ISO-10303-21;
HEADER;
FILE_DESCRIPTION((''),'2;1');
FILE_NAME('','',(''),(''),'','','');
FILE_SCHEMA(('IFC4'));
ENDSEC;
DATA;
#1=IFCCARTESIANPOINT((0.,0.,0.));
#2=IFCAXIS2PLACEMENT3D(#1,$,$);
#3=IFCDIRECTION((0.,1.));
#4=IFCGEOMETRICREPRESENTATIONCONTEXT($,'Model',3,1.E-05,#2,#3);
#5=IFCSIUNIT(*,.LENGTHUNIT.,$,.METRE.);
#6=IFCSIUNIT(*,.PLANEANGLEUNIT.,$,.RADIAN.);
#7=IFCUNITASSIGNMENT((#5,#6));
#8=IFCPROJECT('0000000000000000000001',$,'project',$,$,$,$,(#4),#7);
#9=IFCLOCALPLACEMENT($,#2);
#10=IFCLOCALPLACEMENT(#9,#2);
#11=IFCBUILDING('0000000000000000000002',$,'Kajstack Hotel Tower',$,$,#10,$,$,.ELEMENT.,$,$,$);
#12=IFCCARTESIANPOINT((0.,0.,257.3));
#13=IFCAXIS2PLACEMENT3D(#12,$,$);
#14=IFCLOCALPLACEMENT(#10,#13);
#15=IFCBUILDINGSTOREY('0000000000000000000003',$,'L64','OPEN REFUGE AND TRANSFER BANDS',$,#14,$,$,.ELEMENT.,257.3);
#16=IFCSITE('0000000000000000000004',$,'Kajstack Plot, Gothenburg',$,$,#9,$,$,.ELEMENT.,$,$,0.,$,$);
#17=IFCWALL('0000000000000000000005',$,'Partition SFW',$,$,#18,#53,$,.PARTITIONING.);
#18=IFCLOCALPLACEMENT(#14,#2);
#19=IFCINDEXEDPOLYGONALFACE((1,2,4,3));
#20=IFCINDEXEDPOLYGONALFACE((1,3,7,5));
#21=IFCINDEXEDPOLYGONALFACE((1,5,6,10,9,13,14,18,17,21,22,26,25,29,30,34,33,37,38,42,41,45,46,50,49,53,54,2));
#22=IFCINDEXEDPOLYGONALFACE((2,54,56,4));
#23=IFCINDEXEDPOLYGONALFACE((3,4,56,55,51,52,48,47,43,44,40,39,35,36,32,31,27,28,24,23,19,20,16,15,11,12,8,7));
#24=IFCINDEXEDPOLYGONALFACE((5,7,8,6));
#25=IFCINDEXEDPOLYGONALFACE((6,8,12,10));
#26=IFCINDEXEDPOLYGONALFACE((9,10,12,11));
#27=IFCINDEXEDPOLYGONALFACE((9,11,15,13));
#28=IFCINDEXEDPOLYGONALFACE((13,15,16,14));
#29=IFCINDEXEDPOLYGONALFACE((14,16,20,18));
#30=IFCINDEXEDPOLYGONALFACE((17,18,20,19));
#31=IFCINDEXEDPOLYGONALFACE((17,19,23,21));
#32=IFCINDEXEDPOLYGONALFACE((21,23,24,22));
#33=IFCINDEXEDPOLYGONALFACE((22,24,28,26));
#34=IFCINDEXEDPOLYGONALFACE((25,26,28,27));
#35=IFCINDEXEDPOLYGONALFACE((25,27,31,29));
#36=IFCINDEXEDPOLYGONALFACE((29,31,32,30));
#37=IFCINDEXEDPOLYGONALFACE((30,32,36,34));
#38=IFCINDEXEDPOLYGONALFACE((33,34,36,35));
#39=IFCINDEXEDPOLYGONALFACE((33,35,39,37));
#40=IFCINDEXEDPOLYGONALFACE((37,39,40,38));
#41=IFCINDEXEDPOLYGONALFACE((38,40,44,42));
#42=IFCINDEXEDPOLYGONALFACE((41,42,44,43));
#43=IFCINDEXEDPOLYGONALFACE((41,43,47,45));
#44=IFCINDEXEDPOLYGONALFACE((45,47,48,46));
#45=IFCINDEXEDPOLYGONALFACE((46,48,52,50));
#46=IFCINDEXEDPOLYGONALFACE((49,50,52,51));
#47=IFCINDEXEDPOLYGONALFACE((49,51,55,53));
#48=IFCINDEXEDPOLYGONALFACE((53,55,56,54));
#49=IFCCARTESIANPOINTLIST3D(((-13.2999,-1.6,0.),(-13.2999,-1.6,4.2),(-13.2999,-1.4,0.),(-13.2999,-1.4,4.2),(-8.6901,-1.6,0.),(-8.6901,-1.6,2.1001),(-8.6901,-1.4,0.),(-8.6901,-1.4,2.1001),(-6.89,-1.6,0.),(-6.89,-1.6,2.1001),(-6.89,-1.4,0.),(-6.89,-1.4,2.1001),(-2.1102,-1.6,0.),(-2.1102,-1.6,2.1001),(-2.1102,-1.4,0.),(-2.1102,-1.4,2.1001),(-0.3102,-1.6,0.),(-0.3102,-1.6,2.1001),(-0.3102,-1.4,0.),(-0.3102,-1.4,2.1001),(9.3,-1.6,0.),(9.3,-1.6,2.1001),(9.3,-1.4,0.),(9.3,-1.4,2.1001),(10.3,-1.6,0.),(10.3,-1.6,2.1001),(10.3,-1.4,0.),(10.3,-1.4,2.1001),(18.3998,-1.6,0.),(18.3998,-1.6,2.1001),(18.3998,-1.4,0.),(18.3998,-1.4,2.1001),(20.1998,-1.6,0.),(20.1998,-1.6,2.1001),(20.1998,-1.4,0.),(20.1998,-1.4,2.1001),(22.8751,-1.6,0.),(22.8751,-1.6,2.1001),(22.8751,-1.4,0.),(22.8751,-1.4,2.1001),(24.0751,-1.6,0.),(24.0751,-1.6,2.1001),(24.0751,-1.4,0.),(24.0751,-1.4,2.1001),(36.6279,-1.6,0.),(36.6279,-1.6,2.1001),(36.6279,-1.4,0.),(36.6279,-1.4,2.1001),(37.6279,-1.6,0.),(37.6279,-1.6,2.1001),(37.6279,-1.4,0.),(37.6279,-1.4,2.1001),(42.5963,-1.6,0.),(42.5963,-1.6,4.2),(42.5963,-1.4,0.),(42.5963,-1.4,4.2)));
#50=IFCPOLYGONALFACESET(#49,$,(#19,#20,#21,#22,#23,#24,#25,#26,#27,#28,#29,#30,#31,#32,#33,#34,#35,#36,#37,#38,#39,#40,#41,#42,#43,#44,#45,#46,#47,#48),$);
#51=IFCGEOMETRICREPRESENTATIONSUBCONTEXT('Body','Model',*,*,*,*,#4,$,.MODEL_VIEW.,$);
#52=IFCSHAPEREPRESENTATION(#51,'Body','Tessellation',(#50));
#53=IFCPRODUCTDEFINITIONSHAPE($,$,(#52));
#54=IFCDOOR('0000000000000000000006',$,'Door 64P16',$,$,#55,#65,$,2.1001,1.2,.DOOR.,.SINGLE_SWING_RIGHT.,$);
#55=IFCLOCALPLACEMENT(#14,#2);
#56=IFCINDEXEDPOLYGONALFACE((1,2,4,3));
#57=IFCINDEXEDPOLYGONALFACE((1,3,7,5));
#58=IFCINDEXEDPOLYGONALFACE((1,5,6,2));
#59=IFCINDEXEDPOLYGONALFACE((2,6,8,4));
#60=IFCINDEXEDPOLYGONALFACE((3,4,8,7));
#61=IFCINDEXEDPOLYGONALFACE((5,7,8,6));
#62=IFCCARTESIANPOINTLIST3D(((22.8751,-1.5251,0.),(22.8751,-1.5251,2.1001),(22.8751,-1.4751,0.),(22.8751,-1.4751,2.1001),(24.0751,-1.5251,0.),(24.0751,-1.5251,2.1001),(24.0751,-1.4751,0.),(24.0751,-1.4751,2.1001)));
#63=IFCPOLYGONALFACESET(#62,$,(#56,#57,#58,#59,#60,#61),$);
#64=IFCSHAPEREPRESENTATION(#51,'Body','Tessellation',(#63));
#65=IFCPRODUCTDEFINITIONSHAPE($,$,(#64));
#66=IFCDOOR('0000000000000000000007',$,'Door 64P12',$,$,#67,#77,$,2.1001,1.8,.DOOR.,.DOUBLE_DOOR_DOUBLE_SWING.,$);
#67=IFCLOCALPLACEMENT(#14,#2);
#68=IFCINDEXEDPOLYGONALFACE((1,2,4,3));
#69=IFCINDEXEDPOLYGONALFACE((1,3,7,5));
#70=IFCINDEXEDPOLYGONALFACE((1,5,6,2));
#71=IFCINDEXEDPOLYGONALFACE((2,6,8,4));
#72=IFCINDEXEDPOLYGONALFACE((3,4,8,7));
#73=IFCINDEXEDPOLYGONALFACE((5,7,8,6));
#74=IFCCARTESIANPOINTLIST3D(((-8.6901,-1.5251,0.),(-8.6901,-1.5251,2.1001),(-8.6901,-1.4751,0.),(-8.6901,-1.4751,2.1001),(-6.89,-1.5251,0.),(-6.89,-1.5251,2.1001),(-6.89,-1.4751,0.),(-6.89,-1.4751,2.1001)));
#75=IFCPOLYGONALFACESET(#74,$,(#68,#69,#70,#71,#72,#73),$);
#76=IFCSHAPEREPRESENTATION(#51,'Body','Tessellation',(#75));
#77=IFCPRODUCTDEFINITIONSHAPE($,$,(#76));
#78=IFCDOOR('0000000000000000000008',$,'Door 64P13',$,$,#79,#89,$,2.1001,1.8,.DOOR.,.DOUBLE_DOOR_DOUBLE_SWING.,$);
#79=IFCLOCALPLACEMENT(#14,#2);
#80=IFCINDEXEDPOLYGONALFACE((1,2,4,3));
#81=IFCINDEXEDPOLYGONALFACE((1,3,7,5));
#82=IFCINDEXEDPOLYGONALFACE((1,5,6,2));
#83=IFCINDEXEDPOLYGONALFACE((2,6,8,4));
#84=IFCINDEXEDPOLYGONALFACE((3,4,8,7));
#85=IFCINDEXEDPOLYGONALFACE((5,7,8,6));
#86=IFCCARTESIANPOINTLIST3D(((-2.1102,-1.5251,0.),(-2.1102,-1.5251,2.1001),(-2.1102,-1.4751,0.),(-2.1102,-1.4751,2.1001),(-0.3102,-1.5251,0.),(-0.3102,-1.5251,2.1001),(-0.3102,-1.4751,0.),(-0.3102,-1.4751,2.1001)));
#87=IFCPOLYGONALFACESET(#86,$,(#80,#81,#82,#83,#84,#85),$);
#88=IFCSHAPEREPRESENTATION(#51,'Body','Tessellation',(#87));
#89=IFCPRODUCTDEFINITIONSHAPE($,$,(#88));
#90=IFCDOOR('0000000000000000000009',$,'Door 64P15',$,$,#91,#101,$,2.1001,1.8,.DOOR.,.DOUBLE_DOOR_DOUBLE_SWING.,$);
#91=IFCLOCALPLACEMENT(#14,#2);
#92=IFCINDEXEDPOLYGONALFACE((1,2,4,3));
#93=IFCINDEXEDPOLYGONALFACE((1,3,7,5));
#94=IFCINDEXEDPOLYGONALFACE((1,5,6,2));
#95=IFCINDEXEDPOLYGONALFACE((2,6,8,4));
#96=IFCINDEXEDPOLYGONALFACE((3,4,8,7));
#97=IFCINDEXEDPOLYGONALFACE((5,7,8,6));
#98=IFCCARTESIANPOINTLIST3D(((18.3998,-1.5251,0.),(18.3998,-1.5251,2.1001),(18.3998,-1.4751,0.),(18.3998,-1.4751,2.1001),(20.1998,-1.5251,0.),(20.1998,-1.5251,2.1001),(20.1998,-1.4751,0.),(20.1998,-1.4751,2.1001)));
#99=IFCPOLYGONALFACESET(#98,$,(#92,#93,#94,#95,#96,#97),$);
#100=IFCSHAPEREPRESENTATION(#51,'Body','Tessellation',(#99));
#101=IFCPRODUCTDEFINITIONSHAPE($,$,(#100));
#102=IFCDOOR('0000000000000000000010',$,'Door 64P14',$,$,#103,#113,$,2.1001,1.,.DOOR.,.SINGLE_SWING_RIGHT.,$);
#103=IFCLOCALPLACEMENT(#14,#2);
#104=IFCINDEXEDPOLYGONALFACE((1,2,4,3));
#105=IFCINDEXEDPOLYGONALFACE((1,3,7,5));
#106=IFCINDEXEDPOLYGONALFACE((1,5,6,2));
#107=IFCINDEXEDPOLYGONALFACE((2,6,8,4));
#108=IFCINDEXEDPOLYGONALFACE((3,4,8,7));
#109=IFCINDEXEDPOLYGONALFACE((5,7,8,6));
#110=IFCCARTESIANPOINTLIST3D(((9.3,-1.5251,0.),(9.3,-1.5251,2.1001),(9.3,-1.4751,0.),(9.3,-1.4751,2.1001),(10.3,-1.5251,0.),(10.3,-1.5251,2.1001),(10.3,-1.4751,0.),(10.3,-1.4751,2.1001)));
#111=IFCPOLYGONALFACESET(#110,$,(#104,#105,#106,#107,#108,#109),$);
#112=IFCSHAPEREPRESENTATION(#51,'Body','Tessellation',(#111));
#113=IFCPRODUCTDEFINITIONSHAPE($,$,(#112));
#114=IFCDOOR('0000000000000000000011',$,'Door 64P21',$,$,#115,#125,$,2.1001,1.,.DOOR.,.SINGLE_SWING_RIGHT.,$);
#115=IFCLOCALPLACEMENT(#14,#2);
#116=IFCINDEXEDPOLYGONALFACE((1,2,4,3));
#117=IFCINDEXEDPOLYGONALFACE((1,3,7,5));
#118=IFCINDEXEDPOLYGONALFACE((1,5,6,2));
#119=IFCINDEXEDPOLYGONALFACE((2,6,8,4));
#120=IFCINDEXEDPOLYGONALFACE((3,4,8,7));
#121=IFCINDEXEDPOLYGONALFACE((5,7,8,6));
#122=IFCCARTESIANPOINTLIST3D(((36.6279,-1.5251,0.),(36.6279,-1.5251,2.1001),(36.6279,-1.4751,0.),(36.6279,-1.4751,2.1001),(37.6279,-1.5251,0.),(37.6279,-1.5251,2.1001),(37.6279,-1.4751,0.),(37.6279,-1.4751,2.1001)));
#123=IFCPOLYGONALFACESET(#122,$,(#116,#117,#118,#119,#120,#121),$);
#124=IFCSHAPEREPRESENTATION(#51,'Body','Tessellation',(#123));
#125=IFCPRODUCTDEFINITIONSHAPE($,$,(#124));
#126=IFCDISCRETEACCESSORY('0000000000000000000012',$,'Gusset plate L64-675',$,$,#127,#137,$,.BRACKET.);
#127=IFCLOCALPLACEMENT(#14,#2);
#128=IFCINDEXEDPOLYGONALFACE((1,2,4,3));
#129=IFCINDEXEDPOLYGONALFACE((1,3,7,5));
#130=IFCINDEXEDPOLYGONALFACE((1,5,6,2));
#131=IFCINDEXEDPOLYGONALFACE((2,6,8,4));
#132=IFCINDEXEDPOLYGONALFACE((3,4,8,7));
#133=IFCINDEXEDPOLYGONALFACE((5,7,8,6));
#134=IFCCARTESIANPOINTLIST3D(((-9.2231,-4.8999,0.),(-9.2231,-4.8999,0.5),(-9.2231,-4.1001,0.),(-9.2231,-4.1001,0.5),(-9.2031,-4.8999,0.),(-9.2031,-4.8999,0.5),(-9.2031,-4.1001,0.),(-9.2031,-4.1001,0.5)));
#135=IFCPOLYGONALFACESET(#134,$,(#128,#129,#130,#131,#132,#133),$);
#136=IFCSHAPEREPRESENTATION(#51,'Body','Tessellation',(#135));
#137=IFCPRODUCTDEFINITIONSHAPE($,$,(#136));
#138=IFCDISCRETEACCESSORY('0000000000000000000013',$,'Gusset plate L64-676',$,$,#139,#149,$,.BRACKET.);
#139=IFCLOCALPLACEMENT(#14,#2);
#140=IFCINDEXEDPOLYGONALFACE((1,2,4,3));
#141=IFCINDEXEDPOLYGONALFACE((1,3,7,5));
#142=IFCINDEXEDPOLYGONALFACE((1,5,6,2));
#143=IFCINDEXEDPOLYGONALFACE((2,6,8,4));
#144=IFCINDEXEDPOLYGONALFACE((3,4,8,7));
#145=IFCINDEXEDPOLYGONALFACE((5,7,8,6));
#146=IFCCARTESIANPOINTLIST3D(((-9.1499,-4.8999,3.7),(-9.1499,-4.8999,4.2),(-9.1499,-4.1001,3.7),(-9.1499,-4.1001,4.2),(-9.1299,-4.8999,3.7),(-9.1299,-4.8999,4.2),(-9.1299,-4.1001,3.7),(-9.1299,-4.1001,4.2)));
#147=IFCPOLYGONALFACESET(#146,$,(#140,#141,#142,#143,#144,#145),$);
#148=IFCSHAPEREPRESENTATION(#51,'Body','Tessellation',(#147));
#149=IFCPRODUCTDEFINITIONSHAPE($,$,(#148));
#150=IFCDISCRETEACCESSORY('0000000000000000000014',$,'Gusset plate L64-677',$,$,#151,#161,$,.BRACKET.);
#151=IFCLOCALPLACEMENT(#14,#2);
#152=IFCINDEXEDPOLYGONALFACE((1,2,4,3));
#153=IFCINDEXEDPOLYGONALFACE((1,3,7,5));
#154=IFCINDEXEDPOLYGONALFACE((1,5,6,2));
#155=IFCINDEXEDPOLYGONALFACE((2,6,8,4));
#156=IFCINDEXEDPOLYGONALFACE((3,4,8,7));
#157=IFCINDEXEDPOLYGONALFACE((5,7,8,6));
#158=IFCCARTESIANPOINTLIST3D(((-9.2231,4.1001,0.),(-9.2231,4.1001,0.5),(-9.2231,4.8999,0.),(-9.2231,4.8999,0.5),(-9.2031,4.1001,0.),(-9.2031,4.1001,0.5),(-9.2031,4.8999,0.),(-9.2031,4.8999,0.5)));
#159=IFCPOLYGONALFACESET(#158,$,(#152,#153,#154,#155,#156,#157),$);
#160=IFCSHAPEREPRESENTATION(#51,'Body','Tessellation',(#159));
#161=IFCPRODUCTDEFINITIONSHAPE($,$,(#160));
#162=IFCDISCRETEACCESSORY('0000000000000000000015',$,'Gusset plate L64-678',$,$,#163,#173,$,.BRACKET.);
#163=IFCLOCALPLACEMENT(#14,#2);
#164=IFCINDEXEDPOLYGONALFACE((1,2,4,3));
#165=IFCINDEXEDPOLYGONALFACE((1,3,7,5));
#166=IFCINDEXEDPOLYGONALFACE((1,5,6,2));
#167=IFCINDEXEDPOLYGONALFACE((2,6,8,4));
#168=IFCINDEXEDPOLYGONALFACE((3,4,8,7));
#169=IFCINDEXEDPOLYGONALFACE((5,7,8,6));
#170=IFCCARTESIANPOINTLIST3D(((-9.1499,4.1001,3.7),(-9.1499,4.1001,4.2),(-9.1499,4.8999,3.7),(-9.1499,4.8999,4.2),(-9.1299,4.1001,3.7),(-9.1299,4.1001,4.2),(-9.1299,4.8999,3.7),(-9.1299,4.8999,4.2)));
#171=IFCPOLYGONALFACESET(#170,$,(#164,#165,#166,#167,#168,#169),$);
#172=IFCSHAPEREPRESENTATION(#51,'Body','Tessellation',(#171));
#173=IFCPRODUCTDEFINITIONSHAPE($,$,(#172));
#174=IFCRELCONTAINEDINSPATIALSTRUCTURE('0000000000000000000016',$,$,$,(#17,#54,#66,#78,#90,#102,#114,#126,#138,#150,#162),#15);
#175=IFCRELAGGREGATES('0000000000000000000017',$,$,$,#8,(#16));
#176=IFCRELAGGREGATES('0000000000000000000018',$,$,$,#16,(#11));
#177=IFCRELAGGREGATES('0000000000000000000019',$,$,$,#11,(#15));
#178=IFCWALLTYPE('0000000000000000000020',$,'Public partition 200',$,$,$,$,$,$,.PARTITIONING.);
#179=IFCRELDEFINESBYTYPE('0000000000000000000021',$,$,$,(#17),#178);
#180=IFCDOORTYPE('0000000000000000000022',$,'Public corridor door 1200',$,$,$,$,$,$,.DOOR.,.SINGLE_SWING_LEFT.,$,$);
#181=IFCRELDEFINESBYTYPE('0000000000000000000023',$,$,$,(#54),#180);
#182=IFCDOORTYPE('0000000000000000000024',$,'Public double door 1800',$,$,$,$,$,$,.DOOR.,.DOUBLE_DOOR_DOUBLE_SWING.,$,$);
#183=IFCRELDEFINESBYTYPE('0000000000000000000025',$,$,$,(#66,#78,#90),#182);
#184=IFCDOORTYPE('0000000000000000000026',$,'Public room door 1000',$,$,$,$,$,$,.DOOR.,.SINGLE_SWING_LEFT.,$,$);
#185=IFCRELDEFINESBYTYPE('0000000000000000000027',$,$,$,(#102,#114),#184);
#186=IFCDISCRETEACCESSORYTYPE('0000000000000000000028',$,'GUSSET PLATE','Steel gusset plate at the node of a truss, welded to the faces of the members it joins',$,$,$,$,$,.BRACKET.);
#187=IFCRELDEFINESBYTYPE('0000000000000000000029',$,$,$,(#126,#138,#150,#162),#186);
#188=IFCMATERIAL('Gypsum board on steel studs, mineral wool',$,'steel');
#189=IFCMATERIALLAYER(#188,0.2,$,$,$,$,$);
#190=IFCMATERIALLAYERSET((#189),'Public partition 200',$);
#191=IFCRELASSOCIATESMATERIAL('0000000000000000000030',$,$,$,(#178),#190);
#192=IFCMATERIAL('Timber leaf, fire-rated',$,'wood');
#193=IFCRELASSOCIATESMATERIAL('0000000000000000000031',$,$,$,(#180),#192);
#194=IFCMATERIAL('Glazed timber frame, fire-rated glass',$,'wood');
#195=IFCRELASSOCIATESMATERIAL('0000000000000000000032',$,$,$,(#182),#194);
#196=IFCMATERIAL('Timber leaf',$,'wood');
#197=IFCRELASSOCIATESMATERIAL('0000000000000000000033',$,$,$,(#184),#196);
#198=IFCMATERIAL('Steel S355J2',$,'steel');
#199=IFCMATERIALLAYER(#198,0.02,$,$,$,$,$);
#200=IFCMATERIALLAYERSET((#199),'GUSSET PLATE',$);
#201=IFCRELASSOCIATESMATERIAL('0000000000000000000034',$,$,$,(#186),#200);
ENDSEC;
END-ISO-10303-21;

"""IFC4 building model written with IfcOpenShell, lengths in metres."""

from ifc_helpers import new_model, si_unit, direction, frame, frame_2d, origin, place, context, subcontext, project, spatial, polyline, rectangle, outline, extrude, material, layer, layer_set, type_object, element, fill, save


model = new_model("IFC4")

# Units and contexts
model_context = context("Model", 3, precision=1e-05, world=origin(), true_north=direction((0.0, 1.0)))
body_context = subcontext(model_context, "Body", "Model", "MODEL_VIEW")
ifc_project = project(units=[si_unit("LENGTHUNIT", "METRE"), si_unit("PLANEANGLEUNIT", "RADIAN")], contexts=[model_context])

# Site, building, storey
site_placement = place(None, origin())
site = spatial("IfcSite", under=ifc_project, at=site_placement, Name="Kajstack Plot, Gothenburg", CompositionType="ELEMENT", RefElevation=0.0)
building_placement = place(site_placement, origin())
building = spatial("IfcBuilding", under=site, at=building_placement, Name="Kajstack Hotel Tower", CompositionType="ELEMENT")
storey_placement = place(building_placement, frame((0.0, 0.0, 257.3)))
storey = spatial("IfcBuildingStorey", under=building, at=storey_placement, Name="L64", Description="OPEN REFUGE AND TRANSFER BANDS", CompositionType="ELEMENT", Elevation=257.3)

# Shared definitions
ifc_material_1 = material(Name="Steel S355J2", Category="steel")

# Shared definitions
ifc_material_2 = material(Name="Gypsum board on steel studs, mineral wool", Category="steel")
ifc_layer_1 = layer(ifc_material_2, 0.2)
ifc_layer_set_1 = layer_set([ifc_layer_1], Name="Public partition 200")
wall_type = type_object("IfcWallType", Name="Public partition 200", PredefinedType="PARTITIONING", material=ifc_layer_set_1)

# Wall, openings, doors
wall_1_placement = place(storey_placement, frame((-13.3, -1.5, 0.0), z_axis=(0.0, 0.0, 1.0), x_axis=(1.0, 0.0, 0.0)))
wall_1 = element("IfcWall", 1, at=wall_1_placement, inside=storey, type_object=wall_type, Name="Partition SFW", PredefinedType="PARTITIONING", context=body_context, shape_type="SweptSolid", body=[
    extrude(rectangle(XDim=55.8962, YDim=0.2, at=frame_2d((27.9482, 0.0))), origin(), (0.0, 0.0, 1.0), 4.2),
])
opening_1_placement = place(wall_1_placement, frame((4.6101, 0.0, 0.0)))
opening_1 = element("IfcOpeningElement", 2, at=opening_1_placement, cuts=wall_1, PredefinedType="OPENING", context=body_context, shape_type="SweptSolid", body=[
    extrude(rectangle(XDim=1.8, YDim=2.1001, at=frame_2d((0.8999, 1.05))), frame((0.0, 0.1099, 0.0), z_axis=(0.0, -1.0, 0.0), x_axis=(1.0, 0.0, 0.0)), (0.0, 0.0, 1.0), 0.22),
])
opening_2_placement = place(wall_1_placement, frame((11.1899, 0.0, 0.0)))
opening_2 = element("IfcOpeningElement", 3, at=opening_2_placement, cuts=wall_1, PredefinedType="OPENING", context=body_context, shape_type="SweptSolid", body=[
    extrude(rectangle(XDim=1.8, YDim=2.1001, at=frame_2d((0.8999, 1.05))), frame((0.0, 0.1099, 0.0), z_axis=(0.0, -1.0, 0.0), x_axis=(1.0, 0.0, 0.0)), (0.0, 0.0, 1.0), 0.22),
])
opening_3_placement = place(wall_1_placement, frame((22.6001, 0.0, 0.0)))
opening_3 = element("IfcOpeningElement", 4, at=opening_3_placement, cuts=wall_1, PredefinedType="OPENING", context=body_context, shape_type="SweptSolid", body=[
    extrude(rectangle(XDim=1.0, YDim=2.1001, at=frame_2d((0.5, 1.05))), frame((0.0, 0.1099, 0.0), z_axis=(0.0, -1.0, 0.0), x_axis=(1.0, 0.0, 0.0)), (0.0, 0.0, 1.0), 0.22),
])
opening_4_placement = place(wall_1_placement, frame((31.7, 0.0, 0.0)))
opening_4 = element("IfcOpeningElement", 5, at=opening_4_placement, cuts=wall_1, PredefinedType="OPENING", context=body_context, shape_type="SweptSolid", body=[
    extrude(rectangle(XDim=1.8, YDim=2.1001, at=frame_2d((0.8999, 1.05))), frame((0.0, 0.1099, 0.0), z_axis=(0.0, -1.0, 0.0), x_axis=(1.0, 0.0, 0.0)), (0.0, 0.0, 1.0), 0.22),
])
opening_5_placement = place(wall_1_placement, frame((36.175, 0.0, 0.0)))
opening_5 = element("IfcOpeningElement", 6, at=opening_5_placement, cuts=wall_1, PredefinedType="OPENING", context=body_context, shape_type="SweptSolid", body=[
    extrude(rectangle(XDim=1.2, YDim=2.1001, at=frame_2d((0.6001, 1.05))), frame((0.0, 0.1099, 0.0), z_axis=(0.0, -1.0, 0.0), x_axis=(1.0, 0.0, 0.0)), (0.0, 0.0, 1.0), 0.22),
])
opening_6_placement = place(wall_1_placement, frame((49.928, 0.0, 0.0)))
opening_6 = element("IfcOpeningElement", 7, at=opening_6_placement, cuts=wall_1, PredefinedType="OPENING", context=body_context, shape_type="SweptSolid", body=[
    extrude(rectangle(XDim=1.0, YDim=2.1001, at=frame_2d((0.5, 1.05))), frame((0.0, 0.1099, 0.0), z_axis=(0.0, -1.0, 0.0), x_axis=(1.0, 0.0, 0.0)), (0.0, 0.0, 1.0), 0.22),
])
ifc_material_3 = material(Name="Timber leaf, fire-rated", Category="wood")
door_type_1 = type_object("IfcDoorType", Name="Public corridor door 1200", OperationType="SINGLE_SWING_LEFT", PredefinedType="DOOR", material=ifc_material_3)
door_1_placement = place(opening_5_placement, origin())
door_1 = element("IfcDoor", 8, at=door_1_placement, inside=storey, type_object=door_type_1, Name="Door 64P16", OperationType="SINGLE_SWING_RIGHT", OverallHeight=2.1001, OverallWidth=1.2, PredefinedType="DOOR", context=body_context, shape_type="SweptSolid", body=[
    extrude(rectangle(XDim=1.2, YDim=2.1001, at=frame_2d((0.6001, 1.05))), frame((0.0, 0.0249, 0.0), z_axis=(0.0, -1.0, 0.0), x_axis=(1.0, 0.0, 0.0)), (0.0, 0.0, 1.0), 0.05),
])
fill(opening_5, door_1)
ifc_material_4 = material(Name="Glazed timber frame, fire-rated glass", Category="wood")
door_type_2 = type_object("IfcDoorType", Name="Public double door 1800", OperationType="DOUBLE_DOOR_DOUBLE_SWING", PredefinedType="DOOR", material=ifc_material_4)
door_2_placement = place(opening_1_placement, origin())
door_2 = element("IfcDoor", 9, at=door_2_placement, inside=storey, type_object=door_type_2, Name="Door 64P12", OperationType="DOUBLE_DOOR_DOUBLE_SWING", OverallHeight=2.1001, OverallWidth=1.8, PredefinedType="DOOR", context=body_context, shape_type="SweptSolid", body=[
    extrude(rectangle(XDim=1.8, YDim=2.1001, at=frame_2d((0.8999, 1.05))), frame((0.0, 0.0249, 0.0), z_axis=(0.0, -1.0, 0.0), x_axis=(1.0, 0.0, 0.0)), (0.0, 0.0, 1.0), 0.05),
])
fill(opening_1, door_2)
door_3_placement = place(opening_2_placement, origin())
door_3 = element("IfcDoor", 10, at=door_3_placement, inside=storey, type_object=door_type_2, Name="Door 64P13", OperationType="DOUBLE_DOOR_DOUBLE_SWING", OverallHeight=2.1001, OverallWidth=1.8, PredefinedType="DOOR", context=body_context, shape_type="SweptSolid", body=[
    extrude(rectangle(XDim=1.8, YDim=2.1001, at=frame_2d((0.8999, 1.05))), frame((0.0, 0.0249, 0.0), z_axis=(0.0, -1.0, 0.0), x_axis=(1.0, 0.0, 0.0)), (0.0, 0.0, 1.0), 0.05),
])
fill(opening_2, door_3)
door_4_placement = place(opening_4_placement, origin())
door_4 = element("IfcDoor", 11, at=door_4_placement, inside=storey, type_object=door_type_2, Name="Door 64P15", OperationType="DOUBLE_DOOR_DOUBLE_SWING", OverallHeight=2.1001, OverallWidth=1.8, PredefinedType="DOOR", context=body_context, shape_type="SweptSolid", body=[
    extrude(rectangle(XDim=1.8, YDim=2.1001, at=frame_2d((0.8999, 1.05))), frame((0.0, 0.0249, 0.0), z_axis=(0.0, -1.0, 0.0), x_axis=(1.0, 0.0, 0.0)), (0.0, 0.0, 1.0), 0.05),
])
fill(opening_4, door_4)
ifc_material_5 = material(Name="Timber leaf", Category="wood")
door_type_3 = type_object("IfcDoorType", Name="Public room door 1000", OperationType="SINGLE_SWING_LEFT", PredefinedType="DOOR", material=ifc_material_5)
door_5_placement = place(opening_3_placement, origin())
door_5 = element("IfcDoor", 12, at=door_5_placement, inside=storey, type_object=door_type_3, Name="Door 64P14", OperationType="SINGLE_SWING_RIGHT", OverallHeight=2.1001, OverallWidth=1.0, PredefinedType="DOOR", context=body_context, shape_type="SweptSolid", body=[
    extrude(rectangle(XDim=1.0, YDim=2.1001, at=frame_2d((0.5, 1.05))), frame((0.0, 0.0249, 0.0), z_axis=(0.0, -1.0, 0.0), x_axis=(1.0, 0.0, 0.0)), (0.0, 0.0, 1.0), 0.05),
])
fill(opening_3, door_5)
door_6_placement = place(opening_6_placement, origin())
door_6 = element("IfcDoor", 13, at=door_6_placement, inside=storey, type_object=door_type_3, Name="Door 64P21", OperationType="SINGLE_SWING_RIGHT", OverallHeight=2.1001, OverallWidth=1.0, PredefinedType="DOOR", context=body_context, shape_type="SweptSolid", body=[
    extrude(rectangle(XDim=1.0, YDim=2.1001, at=frame_2d((0.5, 1.05))), frame((0.0, 0.0249, 0.0), z_axis=(0.0, -1.0, 0.0), x_axis=(1.0, 0.0, 0.0)), (0.0, 0.0, 1.0), 0.05),
])
fill(opening_6, door_6)

# Discrete accessories
ifc_layer_2 = layer(ifc_material_1, 0.02)
ifc_layer_set_2 = layer_set([ifc_layer_2], Name="GUSSET PLATE")
discrete_accessory_type = type_object("IfcDiscreteAccessoryType", Name="GUSSET PLATE", Description="Steel gusset plate at the node of a truss, welded to the faces of the members it joins", PredefinedType="BRACKET", material=ifc_layer_set_2)
for number, where, z_axis, x_axis, name in (
    (14, (-9.2231, -4.5, 0.0), (1.0, 0.0, 0.0), (0.0, 1.0, 0.0), "Gusset plate L64-675"),
    (15, (-9.1499, -4.5, 3.7), (1.0, 0.0, 0.0), (0.0, 1.0, 0.0), "Gusset plate L64-676"),
    (16, (-9.2231, 4.5, 0.0), (1.0, 0.0, 0.0), (0.0, 1.0, 0.0), "Gusset plate L64-677"),
    (17, (-9.1499, 4.5, 3.7), (1.0, 0.0, 0.0), (0.0, 1.0, 0.0), "Gusset plate L64-678"),
):
    element("IfcDiscreteAccessory", number, at=place(storey_placement, frame(where, z_axis=z_axis, x_axis=x_axis)), inside=storey, type_object=discrete_accessory_type, Name=name, PredefinedType="BRACKET", context=body_context, shape_type="SweptSolid", body=[
        extrude(outline(polyline([(-0.3999, 0.0), (0.3999, 0.0), (0.3999, 0.5), (-0.3999, 0.5), (-0.3999, 0.0)])), origin(), (0.0, 0.0, 1.0), 0.02),
    ])

save(model, "model.ifc")
